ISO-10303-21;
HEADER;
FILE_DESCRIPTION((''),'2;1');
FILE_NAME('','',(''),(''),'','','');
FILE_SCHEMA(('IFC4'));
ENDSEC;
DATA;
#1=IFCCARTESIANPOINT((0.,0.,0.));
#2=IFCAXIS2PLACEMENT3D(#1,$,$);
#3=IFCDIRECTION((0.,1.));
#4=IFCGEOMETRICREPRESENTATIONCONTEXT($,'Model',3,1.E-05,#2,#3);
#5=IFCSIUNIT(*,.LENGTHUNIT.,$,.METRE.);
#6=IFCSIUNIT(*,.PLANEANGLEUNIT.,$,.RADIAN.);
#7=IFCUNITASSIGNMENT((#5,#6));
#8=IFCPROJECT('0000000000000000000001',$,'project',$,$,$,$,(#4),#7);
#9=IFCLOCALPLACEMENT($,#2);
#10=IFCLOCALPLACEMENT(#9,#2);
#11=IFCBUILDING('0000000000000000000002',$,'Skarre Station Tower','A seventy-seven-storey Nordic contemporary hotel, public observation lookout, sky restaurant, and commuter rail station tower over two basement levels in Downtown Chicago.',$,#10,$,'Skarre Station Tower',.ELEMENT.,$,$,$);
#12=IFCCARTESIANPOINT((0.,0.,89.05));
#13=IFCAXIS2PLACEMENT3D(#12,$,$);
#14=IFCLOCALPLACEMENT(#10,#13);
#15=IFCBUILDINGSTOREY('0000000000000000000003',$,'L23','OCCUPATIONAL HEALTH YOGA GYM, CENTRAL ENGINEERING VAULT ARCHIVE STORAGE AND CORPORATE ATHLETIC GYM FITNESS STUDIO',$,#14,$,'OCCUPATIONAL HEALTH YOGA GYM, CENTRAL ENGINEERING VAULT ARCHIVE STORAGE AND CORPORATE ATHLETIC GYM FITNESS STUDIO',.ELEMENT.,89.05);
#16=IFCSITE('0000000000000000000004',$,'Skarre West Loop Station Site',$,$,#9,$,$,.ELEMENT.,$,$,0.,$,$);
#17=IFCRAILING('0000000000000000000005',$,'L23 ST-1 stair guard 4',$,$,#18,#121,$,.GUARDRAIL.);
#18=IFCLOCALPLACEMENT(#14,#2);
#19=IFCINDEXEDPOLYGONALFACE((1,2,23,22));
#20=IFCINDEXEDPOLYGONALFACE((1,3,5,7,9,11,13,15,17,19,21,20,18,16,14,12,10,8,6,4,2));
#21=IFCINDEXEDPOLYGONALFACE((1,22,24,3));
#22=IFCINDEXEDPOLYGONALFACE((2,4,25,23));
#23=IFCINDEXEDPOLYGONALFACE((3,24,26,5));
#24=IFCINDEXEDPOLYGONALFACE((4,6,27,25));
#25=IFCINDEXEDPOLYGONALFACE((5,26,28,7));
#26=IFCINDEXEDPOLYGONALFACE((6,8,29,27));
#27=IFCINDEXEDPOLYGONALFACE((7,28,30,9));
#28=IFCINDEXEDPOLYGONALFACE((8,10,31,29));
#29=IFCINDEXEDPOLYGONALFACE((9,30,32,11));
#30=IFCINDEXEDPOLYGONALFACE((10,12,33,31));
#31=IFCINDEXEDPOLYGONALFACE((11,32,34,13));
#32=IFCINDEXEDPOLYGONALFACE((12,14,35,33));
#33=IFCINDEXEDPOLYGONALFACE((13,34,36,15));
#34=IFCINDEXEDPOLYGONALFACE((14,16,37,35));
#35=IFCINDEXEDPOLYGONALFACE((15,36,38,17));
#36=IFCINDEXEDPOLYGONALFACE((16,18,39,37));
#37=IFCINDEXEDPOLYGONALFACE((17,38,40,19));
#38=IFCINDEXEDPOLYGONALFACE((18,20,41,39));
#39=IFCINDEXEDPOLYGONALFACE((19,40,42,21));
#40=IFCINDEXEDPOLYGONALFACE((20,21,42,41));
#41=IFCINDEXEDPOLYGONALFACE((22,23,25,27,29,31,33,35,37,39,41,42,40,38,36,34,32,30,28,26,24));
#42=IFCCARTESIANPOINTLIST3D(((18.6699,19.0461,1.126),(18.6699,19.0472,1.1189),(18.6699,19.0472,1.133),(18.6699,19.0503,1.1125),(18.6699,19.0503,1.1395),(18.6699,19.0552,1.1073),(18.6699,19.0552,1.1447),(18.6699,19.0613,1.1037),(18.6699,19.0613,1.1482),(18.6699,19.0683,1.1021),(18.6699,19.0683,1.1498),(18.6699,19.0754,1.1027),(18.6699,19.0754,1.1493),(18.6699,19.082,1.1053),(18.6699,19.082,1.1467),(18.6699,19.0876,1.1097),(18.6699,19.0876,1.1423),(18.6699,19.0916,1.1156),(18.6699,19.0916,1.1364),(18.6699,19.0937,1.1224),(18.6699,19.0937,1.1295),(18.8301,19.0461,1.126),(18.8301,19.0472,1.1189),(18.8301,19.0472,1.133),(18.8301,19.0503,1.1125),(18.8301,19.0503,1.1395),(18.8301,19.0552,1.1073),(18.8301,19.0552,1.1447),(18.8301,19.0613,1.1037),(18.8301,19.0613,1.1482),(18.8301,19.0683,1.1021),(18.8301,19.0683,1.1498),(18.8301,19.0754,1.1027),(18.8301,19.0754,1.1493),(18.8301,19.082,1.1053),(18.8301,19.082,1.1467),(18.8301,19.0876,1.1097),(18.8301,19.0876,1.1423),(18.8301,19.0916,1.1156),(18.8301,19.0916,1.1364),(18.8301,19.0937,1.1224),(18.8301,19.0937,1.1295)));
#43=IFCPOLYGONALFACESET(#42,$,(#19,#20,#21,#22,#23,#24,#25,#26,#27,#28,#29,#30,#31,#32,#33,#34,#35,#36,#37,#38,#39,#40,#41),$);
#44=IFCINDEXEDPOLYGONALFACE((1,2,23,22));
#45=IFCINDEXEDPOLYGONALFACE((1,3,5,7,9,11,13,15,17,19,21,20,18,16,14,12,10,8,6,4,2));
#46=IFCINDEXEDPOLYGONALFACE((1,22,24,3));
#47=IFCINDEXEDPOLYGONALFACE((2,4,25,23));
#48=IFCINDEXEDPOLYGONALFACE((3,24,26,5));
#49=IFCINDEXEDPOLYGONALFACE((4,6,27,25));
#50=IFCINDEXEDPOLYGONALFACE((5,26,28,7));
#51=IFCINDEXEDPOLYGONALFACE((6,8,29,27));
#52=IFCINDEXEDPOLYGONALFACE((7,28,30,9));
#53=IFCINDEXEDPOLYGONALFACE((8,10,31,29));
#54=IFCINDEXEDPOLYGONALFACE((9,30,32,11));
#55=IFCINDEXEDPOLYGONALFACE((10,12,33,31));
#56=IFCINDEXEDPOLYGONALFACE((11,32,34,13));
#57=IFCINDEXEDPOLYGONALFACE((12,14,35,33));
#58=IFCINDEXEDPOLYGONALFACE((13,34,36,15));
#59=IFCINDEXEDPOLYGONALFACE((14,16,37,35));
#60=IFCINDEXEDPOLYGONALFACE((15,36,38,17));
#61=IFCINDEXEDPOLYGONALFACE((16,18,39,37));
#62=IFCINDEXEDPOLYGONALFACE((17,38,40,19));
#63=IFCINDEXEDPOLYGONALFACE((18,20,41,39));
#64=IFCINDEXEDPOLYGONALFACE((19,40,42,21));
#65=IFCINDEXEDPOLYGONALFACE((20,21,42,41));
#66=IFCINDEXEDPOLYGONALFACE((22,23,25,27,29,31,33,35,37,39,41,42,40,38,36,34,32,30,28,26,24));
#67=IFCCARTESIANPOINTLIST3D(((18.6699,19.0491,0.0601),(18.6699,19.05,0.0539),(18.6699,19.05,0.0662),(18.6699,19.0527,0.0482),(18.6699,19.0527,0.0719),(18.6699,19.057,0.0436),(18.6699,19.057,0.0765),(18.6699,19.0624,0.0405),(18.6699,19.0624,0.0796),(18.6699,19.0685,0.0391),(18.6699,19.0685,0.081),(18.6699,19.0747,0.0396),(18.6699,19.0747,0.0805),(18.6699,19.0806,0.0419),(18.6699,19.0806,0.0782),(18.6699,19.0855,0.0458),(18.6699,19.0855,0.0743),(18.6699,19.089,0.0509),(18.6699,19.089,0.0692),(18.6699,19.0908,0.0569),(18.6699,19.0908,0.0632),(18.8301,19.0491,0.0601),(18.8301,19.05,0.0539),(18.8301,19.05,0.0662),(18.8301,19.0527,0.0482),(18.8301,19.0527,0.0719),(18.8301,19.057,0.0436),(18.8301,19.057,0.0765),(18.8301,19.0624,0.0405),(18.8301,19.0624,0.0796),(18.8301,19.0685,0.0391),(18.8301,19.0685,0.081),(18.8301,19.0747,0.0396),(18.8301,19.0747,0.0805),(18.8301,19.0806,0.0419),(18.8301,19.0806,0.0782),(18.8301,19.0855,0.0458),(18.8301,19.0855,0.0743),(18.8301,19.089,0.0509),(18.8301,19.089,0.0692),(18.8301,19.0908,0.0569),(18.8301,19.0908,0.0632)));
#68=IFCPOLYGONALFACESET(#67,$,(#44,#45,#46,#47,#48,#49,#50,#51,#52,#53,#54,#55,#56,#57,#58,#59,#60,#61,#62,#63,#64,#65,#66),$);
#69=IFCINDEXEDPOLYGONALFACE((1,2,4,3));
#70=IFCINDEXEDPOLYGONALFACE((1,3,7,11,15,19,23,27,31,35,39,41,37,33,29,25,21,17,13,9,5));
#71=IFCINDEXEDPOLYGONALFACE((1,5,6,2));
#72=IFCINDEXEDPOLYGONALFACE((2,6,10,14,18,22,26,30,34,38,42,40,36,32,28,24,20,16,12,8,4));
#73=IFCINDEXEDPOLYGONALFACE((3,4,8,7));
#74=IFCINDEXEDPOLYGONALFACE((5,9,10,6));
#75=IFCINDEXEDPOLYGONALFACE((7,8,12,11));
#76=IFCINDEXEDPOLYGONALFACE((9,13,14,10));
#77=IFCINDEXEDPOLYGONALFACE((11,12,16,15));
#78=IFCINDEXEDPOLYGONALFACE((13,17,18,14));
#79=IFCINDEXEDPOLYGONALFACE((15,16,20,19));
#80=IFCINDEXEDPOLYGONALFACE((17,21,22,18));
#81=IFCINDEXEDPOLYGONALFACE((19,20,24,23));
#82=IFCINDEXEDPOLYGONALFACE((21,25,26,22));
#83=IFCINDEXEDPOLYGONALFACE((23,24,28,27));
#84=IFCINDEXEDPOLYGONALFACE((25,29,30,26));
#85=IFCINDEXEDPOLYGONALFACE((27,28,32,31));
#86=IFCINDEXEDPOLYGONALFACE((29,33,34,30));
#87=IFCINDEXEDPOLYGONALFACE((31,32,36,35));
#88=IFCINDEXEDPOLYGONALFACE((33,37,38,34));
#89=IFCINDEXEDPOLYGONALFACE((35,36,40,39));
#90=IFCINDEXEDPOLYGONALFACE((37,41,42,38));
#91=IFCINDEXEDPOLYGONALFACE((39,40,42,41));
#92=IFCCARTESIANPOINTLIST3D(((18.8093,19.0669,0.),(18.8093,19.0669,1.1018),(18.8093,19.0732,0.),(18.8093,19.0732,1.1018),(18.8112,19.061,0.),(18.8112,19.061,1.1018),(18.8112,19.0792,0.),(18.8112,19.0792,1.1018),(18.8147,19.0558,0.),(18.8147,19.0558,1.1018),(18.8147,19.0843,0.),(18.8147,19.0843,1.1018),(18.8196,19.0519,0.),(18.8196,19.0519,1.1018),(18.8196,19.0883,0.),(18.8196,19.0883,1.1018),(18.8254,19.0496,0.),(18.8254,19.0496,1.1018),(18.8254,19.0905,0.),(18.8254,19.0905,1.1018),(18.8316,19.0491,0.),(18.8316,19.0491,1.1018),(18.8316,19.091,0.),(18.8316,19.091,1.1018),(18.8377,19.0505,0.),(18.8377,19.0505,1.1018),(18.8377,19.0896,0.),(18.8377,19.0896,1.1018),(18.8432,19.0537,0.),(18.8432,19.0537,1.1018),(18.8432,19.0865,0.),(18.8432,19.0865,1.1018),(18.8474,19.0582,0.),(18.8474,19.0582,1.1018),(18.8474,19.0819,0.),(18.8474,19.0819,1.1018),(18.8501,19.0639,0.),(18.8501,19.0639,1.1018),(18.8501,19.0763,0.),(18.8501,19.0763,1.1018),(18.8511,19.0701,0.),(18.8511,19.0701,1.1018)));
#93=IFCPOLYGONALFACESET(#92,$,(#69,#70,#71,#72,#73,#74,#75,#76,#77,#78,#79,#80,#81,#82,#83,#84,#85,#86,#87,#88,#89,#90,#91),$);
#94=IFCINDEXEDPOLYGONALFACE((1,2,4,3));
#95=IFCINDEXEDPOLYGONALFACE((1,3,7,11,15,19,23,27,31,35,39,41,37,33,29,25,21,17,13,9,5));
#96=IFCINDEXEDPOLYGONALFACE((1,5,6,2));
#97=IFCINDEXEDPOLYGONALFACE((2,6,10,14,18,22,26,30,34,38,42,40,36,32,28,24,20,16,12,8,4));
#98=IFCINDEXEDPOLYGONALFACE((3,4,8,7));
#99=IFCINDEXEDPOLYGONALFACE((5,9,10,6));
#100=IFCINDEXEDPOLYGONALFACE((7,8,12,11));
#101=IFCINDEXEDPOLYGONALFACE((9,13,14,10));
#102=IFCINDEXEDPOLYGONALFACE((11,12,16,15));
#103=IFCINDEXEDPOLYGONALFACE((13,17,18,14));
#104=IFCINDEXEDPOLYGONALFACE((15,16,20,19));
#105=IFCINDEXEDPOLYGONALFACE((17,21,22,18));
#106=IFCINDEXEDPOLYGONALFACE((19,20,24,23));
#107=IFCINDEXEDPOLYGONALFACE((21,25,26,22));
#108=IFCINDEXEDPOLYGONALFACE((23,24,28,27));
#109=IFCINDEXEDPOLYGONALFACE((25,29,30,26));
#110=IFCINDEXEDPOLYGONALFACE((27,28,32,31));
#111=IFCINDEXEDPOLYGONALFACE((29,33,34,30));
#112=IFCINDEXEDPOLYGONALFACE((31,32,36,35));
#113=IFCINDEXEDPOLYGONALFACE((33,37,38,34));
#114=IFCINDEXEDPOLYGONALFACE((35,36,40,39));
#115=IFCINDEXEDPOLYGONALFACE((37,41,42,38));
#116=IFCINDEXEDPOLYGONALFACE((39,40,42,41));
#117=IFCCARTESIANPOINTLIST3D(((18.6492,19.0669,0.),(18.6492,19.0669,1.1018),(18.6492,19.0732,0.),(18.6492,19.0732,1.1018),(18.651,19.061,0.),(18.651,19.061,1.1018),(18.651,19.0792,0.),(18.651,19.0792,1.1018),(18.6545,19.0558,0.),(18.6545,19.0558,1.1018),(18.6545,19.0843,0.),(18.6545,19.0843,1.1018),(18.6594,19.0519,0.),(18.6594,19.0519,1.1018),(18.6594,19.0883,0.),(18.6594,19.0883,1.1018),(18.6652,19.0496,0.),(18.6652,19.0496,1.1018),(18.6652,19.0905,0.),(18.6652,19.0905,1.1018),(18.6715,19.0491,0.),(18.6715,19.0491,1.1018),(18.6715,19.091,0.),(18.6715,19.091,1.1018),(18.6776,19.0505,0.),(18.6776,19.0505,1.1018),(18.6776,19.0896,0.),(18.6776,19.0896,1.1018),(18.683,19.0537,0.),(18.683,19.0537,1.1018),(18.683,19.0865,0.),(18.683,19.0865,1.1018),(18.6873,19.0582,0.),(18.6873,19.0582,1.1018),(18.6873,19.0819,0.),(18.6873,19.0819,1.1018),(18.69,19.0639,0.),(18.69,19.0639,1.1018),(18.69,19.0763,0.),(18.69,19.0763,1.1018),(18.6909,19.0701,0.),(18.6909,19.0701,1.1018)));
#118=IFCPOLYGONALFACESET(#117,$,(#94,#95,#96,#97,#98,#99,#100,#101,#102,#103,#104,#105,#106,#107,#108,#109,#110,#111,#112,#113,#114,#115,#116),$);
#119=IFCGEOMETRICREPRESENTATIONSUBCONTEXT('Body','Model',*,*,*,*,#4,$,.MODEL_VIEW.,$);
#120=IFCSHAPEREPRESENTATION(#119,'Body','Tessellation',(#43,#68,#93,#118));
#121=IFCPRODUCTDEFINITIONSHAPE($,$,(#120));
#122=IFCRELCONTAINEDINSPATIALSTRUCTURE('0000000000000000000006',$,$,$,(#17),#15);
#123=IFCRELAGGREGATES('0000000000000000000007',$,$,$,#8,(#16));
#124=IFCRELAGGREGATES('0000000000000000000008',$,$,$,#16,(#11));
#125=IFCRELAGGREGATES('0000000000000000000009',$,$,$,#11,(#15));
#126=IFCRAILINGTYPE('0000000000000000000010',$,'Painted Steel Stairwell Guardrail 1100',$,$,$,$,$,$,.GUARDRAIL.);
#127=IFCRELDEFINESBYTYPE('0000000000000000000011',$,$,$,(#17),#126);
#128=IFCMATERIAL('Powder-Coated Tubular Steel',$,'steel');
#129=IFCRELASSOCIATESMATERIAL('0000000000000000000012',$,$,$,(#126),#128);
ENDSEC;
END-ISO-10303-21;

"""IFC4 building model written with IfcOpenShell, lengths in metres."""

from ifc_helpers import new_model, si_unit, direction, frame, origin, origin_2d, place, context, subcontext, project, spatial, circle, extrude, material, type_object, element, save


model = new_model("IFC4")

# Units and contexts
model_context = context("Model", 3, precision=1e-05, world=origin(), true_north=direction((0.0, 1.0)))
body_context = subcontext(model_context, "Body", "Model", "MODEL_VIEW")
ifc_project = project(units=[si_unit("LENGTHUNIT", "METRE"), si_unit("PLANEANGLEUNIT", "RADIAN")], contexts=[model_context])

# Site, building, storey
site_placement = place(None, origin())
site = spatial("IfcSite", under=ifc_project, at=site_placement, Name="Skarre West Loop Station Site", CompositionType="ELEMENT", RefElevation=0.0)
building_placement = place(site_placement, origin())
building = spatial("IfcBuilding", under=site, at=building_placement, Name="Skarre Station Tower", Description="A seventy-seven-storey Nordic contemporary hotel, public observation lookout, sky restaurant, and commuter rail station tower over two basement levels in Downtown Chicago.", LongName="Skarre Station Tower", CompositionType="ELEMENT")
storey_placement = place(building_placement, frame((0.0, 0.0, 89.05)))
storey = spatial("IfcBuildingStorey", under=building, at=storey_placement, Name="L23", Description="OCCUPATIONAL HEALTH YOGA GYM, CENTRAL ENGINEERING VAULT ARCHIVE STORAGE AND CORPORATE ATHLETIC GYM FITNESS STUDIO", LongName="OCCUPATIONAL HEALTH YOGA GYM, CENTRAL ENGINEERING VAULT ARCHIVE STORAGE AND CORPORATE ATHLETIC GYM FITNESS STUDIO", CompositionType="ELEMENT", Elevation=89.05)

# Railing
ifc_material_1 = material(Name="Powder-Coated Tubular Steel", Category="steel")
railing_type_1 = type_object("IfcRailingType", Name="Painted Steel Stairwell Guardrail 1100", PredefinedType="GUARDRAIL", material=ifc_material_1)
railing_1_placement = place(storey_placement, frame((18.8301, 19.0701, 0.0)))
element("IfcRailing", 1, at=railing_1_placement, inside=storey, type_object=railing_type_1, Name="L23 ST-1 stair guard 4", PredefinedType="GUARDRAIL", context=body_context, shape_type="SweptSolid", body=[
    extrude(circle(Radius=0.0239, at=origin_2d()), frame((0.0, 0.0, 1.126), z_axis=(-1.0, 0.0, 0.0), x_axis=(0.0, -1.0, 0.0)), (0.0, 0.0, 1.0), 0.1602),
    extrude(circle(Radius=0.021, at=origin_2d()), frame((0.0, 0.0, 0.0601), z_axis=(-1.0, 0.0, 0.0), x_axis=(0.0, -1.0, 0.0)), (0.0, 0.0, 1.0), 0.1602),
    extrude(circle(Radius=0.021, at=origin_2d()), origin(), (0.0, 0.0, 1.0), 1.1018),
    extrude(circle(Radius=0.021, at=origin_2d()), frame((-0.1602, 0.0, 0.0)), (0.0, 0.0, 1.0), 1.1018),
])

save(model, "model.ifc")
